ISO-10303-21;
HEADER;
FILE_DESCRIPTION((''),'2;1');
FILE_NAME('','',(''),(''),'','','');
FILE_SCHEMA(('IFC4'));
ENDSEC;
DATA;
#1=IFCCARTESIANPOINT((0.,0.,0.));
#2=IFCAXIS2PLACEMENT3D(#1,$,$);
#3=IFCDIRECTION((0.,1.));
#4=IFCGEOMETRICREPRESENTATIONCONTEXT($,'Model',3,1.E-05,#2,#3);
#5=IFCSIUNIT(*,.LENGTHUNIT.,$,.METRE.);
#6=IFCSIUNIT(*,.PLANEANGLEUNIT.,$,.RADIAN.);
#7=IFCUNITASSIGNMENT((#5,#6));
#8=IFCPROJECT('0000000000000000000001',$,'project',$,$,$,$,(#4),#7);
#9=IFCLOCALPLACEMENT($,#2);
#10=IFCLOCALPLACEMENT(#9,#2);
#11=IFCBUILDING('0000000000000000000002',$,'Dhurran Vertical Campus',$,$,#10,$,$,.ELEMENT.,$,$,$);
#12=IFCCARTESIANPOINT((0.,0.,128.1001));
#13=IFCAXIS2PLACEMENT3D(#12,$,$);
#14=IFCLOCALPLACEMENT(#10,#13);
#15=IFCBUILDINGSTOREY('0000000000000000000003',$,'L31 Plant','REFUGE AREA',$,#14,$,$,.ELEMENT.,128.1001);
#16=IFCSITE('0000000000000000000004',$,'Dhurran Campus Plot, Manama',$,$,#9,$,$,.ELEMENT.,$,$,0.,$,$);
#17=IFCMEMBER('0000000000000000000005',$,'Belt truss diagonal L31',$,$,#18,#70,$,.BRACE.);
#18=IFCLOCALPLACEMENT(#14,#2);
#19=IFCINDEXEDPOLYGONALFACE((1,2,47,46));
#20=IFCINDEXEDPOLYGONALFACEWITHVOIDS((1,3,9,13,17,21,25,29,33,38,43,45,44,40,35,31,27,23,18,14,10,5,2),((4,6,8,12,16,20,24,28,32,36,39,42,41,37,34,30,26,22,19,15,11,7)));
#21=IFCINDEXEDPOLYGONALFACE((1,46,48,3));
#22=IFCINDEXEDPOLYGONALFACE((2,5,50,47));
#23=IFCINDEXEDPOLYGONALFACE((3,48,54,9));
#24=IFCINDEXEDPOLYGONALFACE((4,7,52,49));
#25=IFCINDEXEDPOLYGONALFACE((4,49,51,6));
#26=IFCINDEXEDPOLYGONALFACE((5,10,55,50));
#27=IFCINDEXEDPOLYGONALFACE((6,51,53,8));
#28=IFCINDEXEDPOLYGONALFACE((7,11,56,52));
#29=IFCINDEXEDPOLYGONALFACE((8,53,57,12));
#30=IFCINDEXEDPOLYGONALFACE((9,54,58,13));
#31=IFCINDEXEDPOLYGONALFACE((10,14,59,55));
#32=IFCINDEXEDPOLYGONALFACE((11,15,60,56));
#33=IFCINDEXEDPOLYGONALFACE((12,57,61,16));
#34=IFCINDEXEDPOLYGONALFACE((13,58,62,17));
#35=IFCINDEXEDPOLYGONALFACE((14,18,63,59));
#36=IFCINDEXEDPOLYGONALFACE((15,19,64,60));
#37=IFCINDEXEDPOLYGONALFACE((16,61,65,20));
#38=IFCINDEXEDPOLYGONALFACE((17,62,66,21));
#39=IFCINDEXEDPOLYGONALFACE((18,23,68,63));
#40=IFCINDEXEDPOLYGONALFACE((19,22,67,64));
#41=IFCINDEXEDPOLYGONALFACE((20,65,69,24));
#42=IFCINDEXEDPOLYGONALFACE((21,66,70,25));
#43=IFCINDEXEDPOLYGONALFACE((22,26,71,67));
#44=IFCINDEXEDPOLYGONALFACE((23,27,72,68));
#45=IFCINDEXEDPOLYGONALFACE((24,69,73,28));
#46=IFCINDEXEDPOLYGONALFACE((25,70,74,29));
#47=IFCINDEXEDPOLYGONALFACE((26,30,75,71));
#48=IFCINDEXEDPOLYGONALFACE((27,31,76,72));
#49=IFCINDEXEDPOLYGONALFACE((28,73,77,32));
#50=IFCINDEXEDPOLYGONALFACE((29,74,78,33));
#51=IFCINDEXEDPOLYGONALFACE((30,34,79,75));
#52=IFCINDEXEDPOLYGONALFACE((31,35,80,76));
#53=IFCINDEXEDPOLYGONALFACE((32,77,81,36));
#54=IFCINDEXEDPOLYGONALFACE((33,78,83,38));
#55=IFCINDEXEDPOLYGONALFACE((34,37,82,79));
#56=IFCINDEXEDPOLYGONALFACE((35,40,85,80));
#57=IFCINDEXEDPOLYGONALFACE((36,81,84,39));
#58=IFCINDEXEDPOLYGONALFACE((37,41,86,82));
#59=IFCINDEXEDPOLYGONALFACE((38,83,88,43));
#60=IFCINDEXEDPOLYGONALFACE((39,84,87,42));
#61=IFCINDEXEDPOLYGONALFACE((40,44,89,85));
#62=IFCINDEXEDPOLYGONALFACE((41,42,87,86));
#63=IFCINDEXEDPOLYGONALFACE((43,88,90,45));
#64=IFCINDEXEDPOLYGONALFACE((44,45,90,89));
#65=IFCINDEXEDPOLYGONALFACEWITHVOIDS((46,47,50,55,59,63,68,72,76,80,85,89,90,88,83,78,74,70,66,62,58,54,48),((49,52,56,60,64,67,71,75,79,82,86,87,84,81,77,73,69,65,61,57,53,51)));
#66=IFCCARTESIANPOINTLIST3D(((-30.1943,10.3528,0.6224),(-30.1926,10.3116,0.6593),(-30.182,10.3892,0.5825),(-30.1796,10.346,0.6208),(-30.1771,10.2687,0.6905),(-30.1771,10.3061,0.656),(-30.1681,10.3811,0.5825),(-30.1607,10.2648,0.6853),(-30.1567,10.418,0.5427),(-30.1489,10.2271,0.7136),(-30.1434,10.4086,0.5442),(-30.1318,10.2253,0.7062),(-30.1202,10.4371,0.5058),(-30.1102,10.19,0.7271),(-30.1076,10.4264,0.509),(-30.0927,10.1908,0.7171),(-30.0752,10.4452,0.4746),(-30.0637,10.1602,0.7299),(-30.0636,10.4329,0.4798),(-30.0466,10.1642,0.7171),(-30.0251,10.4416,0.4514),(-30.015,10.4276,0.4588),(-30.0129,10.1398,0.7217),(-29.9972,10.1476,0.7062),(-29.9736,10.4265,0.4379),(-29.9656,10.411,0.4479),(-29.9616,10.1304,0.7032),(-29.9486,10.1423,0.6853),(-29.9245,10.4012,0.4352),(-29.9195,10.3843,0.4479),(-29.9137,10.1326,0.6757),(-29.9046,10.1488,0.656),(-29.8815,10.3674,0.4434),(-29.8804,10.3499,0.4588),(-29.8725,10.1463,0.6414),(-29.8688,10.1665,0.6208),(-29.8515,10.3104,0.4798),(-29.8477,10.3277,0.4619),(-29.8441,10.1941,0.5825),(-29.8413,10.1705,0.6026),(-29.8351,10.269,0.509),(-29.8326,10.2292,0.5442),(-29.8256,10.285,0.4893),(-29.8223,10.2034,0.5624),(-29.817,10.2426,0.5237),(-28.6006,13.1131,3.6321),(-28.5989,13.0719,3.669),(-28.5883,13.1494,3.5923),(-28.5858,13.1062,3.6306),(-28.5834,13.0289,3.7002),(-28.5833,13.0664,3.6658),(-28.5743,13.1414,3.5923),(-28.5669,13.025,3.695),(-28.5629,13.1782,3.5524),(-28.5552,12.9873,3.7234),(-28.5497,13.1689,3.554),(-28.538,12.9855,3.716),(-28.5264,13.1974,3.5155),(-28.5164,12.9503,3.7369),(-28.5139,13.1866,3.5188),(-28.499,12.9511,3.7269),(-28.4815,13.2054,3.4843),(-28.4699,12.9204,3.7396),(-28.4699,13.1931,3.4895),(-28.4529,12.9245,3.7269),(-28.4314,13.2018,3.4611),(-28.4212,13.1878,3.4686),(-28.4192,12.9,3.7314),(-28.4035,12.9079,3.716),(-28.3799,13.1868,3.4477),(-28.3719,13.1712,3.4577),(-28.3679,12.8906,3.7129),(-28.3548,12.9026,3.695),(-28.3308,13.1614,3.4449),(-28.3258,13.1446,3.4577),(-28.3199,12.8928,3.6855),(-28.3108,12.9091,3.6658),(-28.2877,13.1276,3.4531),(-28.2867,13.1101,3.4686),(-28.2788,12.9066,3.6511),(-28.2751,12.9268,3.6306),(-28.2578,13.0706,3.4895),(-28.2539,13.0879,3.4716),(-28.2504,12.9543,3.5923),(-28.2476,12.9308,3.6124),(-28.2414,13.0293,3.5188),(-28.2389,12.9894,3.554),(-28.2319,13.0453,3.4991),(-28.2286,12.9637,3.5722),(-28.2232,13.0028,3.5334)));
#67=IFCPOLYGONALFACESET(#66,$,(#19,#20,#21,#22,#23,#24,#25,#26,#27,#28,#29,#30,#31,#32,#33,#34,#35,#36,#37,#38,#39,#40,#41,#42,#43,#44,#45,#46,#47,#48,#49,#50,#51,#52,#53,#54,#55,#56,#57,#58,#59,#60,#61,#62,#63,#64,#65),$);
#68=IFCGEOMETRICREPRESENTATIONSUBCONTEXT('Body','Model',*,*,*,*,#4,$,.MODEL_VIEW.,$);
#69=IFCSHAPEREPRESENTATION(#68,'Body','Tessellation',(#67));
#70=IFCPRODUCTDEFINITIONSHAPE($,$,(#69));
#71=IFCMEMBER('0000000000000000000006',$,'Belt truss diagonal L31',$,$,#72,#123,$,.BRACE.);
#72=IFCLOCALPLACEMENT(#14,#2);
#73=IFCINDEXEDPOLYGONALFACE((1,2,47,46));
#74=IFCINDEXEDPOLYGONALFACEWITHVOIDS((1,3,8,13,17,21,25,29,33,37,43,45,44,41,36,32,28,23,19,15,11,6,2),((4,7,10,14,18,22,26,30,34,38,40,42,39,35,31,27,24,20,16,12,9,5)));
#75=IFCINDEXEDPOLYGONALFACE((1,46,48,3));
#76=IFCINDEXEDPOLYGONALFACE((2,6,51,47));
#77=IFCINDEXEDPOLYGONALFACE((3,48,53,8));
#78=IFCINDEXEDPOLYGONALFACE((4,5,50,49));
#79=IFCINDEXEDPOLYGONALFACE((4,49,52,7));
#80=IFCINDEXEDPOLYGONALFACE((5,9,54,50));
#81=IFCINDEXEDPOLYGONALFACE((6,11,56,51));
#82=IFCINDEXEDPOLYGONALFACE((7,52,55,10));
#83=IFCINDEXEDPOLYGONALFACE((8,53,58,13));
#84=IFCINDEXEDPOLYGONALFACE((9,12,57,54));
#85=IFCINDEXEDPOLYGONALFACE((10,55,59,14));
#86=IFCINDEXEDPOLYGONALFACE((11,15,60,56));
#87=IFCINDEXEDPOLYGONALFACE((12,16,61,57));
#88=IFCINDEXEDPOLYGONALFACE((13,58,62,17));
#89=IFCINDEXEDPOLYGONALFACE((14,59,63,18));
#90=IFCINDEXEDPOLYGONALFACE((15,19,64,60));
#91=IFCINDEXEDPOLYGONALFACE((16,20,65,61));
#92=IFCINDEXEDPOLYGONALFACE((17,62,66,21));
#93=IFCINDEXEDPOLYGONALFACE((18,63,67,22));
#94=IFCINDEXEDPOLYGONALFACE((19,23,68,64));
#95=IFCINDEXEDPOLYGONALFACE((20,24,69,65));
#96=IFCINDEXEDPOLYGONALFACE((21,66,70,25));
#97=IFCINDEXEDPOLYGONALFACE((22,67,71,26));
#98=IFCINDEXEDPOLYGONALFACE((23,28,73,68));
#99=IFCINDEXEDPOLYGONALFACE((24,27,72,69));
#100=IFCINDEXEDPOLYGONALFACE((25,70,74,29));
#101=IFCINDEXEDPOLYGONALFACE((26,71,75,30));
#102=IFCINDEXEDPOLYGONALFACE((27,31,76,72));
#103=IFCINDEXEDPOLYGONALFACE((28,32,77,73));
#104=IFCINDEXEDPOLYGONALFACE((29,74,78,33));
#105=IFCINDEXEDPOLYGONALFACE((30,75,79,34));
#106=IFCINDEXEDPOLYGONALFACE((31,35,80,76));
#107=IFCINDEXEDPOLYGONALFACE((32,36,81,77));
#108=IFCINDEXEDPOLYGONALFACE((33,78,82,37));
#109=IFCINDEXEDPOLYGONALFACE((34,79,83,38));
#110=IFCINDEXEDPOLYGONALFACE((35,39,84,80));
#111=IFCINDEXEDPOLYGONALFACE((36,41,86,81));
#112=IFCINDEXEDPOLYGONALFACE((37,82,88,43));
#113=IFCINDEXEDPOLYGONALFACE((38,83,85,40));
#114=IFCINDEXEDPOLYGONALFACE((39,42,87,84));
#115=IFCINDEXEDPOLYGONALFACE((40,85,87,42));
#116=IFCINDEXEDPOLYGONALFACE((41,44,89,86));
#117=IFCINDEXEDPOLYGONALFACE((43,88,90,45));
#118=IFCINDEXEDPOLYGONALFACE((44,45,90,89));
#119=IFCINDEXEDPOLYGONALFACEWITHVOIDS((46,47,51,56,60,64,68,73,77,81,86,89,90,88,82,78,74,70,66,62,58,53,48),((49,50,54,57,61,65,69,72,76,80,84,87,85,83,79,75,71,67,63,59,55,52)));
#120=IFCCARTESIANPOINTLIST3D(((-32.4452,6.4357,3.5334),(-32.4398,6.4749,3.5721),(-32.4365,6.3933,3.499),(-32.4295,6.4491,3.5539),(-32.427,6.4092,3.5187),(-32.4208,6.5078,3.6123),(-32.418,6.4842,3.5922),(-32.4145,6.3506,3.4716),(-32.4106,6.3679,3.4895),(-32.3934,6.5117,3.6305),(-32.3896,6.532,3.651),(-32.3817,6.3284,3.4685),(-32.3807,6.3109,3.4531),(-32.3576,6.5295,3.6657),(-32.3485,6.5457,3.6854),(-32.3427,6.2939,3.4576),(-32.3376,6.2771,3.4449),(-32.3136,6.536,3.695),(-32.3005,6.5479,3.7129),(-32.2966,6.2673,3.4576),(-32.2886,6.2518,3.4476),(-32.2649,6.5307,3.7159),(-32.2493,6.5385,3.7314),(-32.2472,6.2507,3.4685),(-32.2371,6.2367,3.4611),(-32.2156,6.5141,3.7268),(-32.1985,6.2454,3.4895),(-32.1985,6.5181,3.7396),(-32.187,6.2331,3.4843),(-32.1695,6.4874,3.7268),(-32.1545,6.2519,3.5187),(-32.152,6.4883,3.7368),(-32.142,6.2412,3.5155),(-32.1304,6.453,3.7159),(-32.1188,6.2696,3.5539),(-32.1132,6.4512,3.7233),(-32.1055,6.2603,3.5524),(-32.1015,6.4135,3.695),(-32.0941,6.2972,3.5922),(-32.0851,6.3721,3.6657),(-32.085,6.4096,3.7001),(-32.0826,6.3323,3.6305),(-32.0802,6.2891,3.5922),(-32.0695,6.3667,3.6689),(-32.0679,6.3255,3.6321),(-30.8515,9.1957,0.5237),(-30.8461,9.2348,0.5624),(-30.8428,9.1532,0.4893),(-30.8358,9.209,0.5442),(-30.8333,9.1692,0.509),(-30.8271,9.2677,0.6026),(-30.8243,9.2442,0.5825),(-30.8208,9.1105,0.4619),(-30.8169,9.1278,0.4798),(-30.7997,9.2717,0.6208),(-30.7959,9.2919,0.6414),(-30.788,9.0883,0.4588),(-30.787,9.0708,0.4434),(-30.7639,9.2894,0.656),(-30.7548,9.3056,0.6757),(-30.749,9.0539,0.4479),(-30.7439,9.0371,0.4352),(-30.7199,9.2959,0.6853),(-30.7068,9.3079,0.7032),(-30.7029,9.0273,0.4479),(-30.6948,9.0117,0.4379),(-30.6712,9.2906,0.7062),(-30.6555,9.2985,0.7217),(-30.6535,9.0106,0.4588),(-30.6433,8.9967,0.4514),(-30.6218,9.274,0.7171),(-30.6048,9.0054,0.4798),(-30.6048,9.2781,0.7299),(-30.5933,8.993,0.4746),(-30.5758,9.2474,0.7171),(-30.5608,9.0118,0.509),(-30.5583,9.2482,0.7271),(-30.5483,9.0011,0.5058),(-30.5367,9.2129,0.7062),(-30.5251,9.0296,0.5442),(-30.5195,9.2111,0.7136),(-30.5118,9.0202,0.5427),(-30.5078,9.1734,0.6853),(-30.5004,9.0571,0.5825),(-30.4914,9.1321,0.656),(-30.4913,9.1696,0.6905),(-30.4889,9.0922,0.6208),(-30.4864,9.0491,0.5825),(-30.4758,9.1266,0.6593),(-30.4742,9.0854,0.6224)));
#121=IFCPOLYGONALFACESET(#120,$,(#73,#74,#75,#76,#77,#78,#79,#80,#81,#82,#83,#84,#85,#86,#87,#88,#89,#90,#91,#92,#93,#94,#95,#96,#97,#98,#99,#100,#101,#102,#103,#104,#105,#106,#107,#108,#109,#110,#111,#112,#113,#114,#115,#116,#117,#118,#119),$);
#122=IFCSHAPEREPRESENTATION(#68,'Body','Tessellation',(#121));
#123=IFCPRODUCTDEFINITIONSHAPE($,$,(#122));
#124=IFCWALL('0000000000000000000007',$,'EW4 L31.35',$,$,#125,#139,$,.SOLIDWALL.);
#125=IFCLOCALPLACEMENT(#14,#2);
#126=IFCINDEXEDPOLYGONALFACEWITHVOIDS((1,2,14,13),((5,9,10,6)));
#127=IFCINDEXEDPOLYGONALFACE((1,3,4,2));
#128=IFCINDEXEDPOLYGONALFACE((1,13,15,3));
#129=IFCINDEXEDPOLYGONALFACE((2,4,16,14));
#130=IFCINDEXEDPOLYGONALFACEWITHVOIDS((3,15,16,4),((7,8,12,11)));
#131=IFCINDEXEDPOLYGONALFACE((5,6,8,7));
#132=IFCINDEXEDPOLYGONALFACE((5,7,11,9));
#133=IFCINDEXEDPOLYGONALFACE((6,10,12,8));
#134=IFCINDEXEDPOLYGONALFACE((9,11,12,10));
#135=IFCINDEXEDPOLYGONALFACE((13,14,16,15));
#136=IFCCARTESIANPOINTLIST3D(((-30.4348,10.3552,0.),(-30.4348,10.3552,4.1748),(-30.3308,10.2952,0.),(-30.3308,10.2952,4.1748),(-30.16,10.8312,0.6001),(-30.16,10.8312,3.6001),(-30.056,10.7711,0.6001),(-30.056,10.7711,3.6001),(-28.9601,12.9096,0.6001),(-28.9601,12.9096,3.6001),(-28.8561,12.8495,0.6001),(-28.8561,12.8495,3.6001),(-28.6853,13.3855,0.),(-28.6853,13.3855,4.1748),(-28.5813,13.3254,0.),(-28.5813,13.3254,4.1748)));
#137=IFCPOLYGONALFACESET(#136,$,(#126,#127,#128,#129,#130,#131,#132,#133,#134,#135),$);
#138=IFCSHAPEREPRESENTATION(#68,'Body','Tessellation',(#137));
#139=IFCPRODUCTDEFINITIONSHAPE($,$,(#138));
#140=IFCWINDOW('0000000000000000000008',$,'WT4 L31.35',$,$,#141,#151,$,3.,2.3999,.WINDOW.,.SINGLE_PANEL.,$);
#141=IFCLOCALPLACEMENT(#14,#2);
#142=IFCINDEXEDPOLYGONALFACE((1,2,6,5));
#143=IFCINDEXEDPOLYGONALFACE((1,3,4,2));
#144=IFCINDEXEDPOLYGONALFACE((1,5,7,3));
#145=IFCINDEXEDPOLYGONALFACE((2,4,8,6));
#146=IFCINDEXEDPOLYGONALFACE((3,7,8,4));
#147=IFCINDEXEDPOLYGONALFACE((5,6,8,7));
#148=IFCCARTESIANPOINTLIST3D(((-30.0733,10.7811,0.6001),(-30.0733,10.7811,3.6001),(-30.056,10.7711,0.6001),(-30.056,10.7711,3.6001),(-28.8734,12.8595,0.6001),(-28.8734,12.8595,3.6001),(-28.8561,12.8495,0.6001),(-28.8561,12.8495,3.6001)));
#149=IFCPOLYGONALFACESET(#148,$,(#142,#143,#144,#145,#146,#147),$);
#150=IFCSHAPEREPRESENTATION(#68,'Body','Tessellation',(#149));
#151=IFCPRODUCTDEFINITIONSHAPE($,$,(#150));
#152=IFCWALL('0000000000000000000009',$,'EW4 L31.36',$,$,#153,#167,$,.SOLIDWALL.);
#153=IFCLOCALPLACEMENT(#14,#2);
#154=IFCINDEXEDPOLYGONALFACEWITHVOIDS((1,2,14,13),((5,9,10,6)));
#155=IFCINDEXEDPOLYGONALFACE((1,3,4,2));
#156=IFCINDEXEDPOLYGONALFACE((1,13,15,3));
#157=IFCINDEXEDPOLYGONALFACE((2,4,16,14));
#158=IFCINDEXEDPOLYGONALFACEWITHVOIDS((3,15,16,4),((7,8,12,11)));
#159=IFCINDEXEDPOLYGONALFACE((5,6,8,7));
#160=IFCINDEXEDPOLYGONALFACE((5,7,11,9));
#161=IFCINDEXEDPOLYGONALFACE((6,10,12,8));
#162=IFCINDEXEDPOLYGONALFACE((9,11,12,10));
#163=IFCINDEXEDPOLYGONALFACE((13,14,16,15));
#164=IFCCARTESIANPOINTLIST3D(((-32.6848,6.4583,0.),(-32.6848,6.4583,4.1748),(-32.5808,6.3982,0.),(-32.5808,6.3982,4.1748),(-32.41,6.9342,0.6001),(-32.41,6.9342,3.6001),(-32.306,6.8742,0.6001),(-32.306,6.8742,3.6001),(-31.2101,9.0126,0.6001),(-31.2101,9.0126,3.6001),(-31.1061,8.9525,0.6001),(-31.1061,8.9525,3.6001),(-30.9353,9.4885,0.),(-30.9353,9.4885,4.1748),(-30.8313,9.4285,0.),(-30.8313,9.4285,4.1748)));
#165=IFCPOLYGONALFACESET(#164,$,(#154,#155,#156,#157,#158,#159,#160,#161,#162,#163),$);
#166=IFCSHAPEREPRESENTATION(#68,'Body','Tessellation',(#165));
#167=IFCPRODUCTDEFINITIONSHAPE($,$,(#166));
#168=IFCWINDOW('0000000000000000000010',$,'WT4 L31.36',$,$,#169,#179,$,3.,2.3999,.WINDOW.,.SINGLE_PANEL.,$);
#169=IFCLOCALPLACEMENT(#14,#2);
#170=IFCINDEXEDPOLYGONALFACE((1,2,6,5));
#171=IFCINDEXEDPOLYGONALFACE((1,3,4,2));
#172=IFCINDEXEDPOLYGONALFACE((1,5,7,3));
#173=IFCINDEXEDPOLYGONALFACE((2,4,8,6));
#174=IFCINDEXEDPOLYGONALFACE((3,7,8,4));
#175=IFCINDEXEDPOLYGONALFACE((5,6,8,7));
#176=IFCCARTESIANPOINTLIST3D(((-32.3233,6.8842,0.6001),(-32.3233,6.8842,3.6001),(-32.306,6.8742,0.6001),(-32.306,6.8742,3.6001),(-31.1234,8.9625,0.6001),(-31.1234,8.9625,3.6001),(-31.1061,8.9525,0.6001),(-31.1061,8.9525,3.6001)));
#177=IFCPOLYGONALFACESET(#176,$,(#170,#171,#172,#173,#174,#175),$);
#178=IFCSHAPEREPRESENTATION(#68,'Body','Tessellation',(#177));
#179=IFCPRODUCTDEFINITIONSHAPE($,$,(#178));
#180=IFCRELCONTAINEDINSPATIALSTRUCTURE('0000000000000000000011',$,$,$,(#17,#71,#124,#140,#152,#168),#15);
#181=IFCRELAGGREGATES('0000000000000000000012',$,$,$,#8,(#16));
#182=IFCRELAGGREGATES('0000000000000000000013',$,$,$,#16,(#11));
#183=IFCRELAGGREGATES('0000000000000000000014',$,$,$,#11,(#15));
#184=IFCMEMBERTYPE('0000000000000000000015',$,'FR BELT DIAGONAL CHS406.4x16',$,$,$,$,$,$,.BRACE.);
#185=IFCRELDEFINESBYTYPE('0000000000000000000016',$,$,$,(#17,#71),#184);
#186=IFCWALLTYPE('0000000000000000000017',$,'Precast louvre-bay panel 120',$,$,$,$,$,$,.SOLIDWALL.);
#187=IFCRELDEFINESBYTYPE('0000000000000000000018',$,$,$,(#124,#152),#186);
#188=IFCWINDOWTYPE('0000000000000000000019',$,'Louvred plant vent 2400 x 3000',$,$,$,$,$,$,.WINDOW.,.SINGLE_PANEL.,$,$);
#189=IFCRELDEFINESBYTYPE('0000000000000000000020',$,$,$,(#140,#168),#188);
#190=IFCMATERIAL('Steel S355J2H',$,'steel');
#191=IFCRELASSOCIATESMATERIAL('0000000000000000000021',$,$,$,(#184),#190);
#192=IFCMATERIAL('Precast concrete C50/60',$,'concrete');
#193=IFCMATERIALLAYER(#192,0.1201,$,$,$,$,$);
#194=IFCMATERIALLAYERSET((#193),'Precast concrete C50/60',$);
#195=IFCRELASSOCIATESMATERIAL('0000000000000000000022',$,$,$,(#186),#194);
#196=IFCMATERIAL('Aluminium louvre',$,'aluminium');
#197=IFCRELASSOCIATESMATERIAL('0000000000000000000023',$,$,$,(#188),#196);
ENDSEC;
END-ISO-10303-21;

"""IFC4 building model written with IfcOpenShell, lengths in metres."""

from ifc_helpers import new_model, si_unit, direction, frame, frame_2d, origin, origin_2d, place, context, subcontext, project, spatial, rectangle, hollow_circle, extrude, material, layer, layer_set, material_profile, profile_set, type_object, element, fill, save


model = new_model("IFC4")

# Units and contexts
model_context = context("Model", 3, precision=1e-05, world=origin(), true_north=direction((0.0, 1.0)))
body_context = subcontext(model_context, "Body", "Model", "MODEL_VIEW")
ifc_project = project(units=[si_unit("LENGTHUNIT", "METRE"), si_unit("PLANEANGLEUNIT", "RADIAN")], contexts=[model_context])

# Site, building, storey
site_placement = place(None, origin())
site = spatial("IfcSite", under=ifc_project, at=site_placement, Name="Dhurran Campus Plot, Manama", CompositionType="ELEMENT", RefElevation=0.0)
building_placement = place(site_placement, origin())
building = spatial("IfcBuilding", under=site, at=building_placement, Name="Dhurran Vertical Campus", CompositionType="ELEMENT")
storey_placement = place(building_placement, frame((0.0, 0.0, 128.1001)))
storey = spatial("IfcBuildingStorey", under=building, at=storey_placement, Name="L31 Plant", Description="REFUGE AREA", CompositionType="ELEMENT", Elevation=128.1001)

# Members
ifc_material_1 = material(Name="Steel S355J2H", Category="steel")
ifc_material_profile_1 = material_profile(ifc_material_1, hollow_circle(Radius=0.2031, WallThickness=0.0161, at=origin_2d()), Name="CHS406.4x16")
ifc_profile_set_1 = profile_set([ifc_material_profile_1], Name="Steel S355J2H")
member_type = type_object("IfcMemberType", Name="FR BELT DIAGONAL CHS406.4x16", PredefinedType="BRACE", material=ifc_profile_set_1)
for number, where, z_axis, x_axis, name in (
    (1, (-30.0061, 10.2876, 0.5825), (0.363554, 0.629648, 0.686565), (-0.86601, 0.500027, 0.0), "Belt truss diagonal L31"),
):
    element("IfcMember", number, at=place(storey_placement, frame(where, z_axis=z_axis, x_axis=x_axis)), inside=storey, type_object=member_type, Name=name, PredefinedType="BRACE", context=body_context, shape_type="SweptSolid", body=[
        extrude(hollow_circle(Radius=0.2031, WallThickness=0.0161, at=origin_2d()), origin(), (0.0, 0.0, 1.0), 4.3838),
    ])
member_placement = place(storey_placement, frame((-30.6624, 9.1506, 0.5825), z_axis=(-0.363567, -0.629615, 0.686589), x_axis=(0.86599, -0.500061, 0.0)))
element("IfcMember", 2, at=member_placement, inside=storey, type_object=member_type, Name="Belt truss diagonal L31", PredefinedType="BRACE", context=body_context, shape_type="SweptSolid", body=[
    extrude(hollow_circle(Radius=0.2031, WallThickness=0.0161, at=origin_2d()), origin(), (0.0, 0.0, 1.0), 4.3835),
])

# Walls, openings, windows
ifc_material_2 = material(Name="Precast concrete C50/60", Category="concrete")
ifc_layer_1 = layer(ifc_material_2, 0.1201)
ifc_layer_set_1 = layer_set([ifc_layer_1], Name="Precast concrete C50/60")
wall_type_1 = type_object("IfcWallType", Name="Precast louvre-bay panel 120", PredefinedType="SOLIDWALL", material=ifc_layer_set_1)
wall_1_placement = place(storey_placement, frame((-28.6333, 13.3555, 0.0), z_axis=(0.0, 0.0, 1.0), x_axis=(-0.499996, -0.866028, 0.0)))
wall_1 = element("IfcWall", 3, at=wall_1_placement, inside=storey, type_object=wall_type_1, Name="EW4 L31.35", PredefinedType="SOLIDWALL", context=body_context, shape_type="SweptSolid", body=[
    extrude(rectangle(XDim=3.499, YDim=0.1201, at=frame_2d((1.7495, 0.0))), origin(), (0.0, 0.0, 1.0), 4.1748),
])
opening_1_placement = place(wall_1_placement, frame((0.5496, 0.0, 0.6001)))
opening_1 = element("IfcOpeningElement", 4, at=opening_1_placement, cuts=wall_1, PredefinedType="OPENING", context=body_context, shape_type="SweptSolid", body=[
    extrude(rectangle(XDim=2.3999, YDim=3.0, at=frame_2d((1.2, 1.5))), frame((0.0, 0.0701, 0.0), z_axis=(0.0, -1.0, 0.0), x_axis=(1.0, 0.0, 0.0)), (0.0, 0.0, 1.0), 0.1401),
])
ifc_material_3 = material(Name="Aluminium louvre", Category="aluminium")
window_type = type_object("IfcWindowType", Name="Louvred plant vent 2400 x 3000", PartitioningType="SINGLE_PANEL", PredefinedType="WINDOW", material=ifc_material_3)
window_1_placement = place(opening_1_placement, origin())
window_1 = element("IfcWindow", 5, at=window_1_placement, inside=storey, type_object=window_type, Name="WT4 L31.35", OverallHeight=3.0, OverallWidth=2.3999, PartitioningType="SINGLE_PANEL", PredefinedType="WINDOW", context=body_context, shape_type="SweptSolid", body=[
    extrude(rectangle(XDim=2.3999, YDim=3.0, at=frame_2d((1.2, 1.5))), frame((0.0, 0.0601, 0.0), z_axis=(0.0, -1.0, 0.0), x_axis=(1.0, 0.0, 0.0)), (0.0, 0.0, 1.0), 0.02),
])
fill(opening_1, window_1)
wall_2_placement = place(storey_placement, frame((-30.8833, 9.4585, 0.0), z_axis=(0.0, 0.0, 1.0), x_axis=(-0.499996, -0.866028, 0.0)))
wall_2 = element("IfcWall", 6, at=wall_2_placement, inside=storey, type_object=wall_type_1, Name="EW4 L31.36", PredefinedType="SOLIDWALL", context=body_context, shape_type="SweptSolid", body=[
    extrude(rectangle(XDim=3.499, YDim=0.1201, at=frame_2d((1.7495, 0.0))), origin(), (0.0, 0.0, 1.0), 4.1748),
])
opening_2_placement = place(wall_2_placement, frame((0.5496, 0.0, 0.6001)))
opening_2 = element("IfcOpeningElement", 7, at=opening_2_placement, cuts=wall_2, PredefinedType="OPENING", context=body_context, shape_type="SweptSolid", body=[
    extrude(rectangle(XDim=2.3999, YDim=3.0, at=frame_2d((1.2, 1.5))), frame((0.0, 0.0701, 0.0), z_axis=(0.0, -1.0, 0.0), x_axis=(1.0, 0.0, 0.0)), (0.0, 0.0, 1.0), 0.1401),
])
window_2_placement = place(opening_2_placement, origin())
window_2 = element("IfcWindow", 8, at=window_2_placement, inside=storey, type_object=window_type, Name="WT4 L31.36", OverallHeight=3.0, OverallWidth=2.3999, PartitioningType="SINGLE_PANEL", PredefinedType="WINDOW", context=body_context, shape_type="SweptSolid", body=[
    extrude(rectangle(XDim=2.3999, YDim=3.0, at=frame_2d((1.2, 1.5))), frame((0.0, 0.0601, 0.0), z_axis=(0.0, -1.0, 0.0), x_axis=(1.0, 0.0, 0.0)), (0.0, 0.0, 1.0), 0.02),
])
fill(opening_2, window_2)

save(model, "model.ifc")
